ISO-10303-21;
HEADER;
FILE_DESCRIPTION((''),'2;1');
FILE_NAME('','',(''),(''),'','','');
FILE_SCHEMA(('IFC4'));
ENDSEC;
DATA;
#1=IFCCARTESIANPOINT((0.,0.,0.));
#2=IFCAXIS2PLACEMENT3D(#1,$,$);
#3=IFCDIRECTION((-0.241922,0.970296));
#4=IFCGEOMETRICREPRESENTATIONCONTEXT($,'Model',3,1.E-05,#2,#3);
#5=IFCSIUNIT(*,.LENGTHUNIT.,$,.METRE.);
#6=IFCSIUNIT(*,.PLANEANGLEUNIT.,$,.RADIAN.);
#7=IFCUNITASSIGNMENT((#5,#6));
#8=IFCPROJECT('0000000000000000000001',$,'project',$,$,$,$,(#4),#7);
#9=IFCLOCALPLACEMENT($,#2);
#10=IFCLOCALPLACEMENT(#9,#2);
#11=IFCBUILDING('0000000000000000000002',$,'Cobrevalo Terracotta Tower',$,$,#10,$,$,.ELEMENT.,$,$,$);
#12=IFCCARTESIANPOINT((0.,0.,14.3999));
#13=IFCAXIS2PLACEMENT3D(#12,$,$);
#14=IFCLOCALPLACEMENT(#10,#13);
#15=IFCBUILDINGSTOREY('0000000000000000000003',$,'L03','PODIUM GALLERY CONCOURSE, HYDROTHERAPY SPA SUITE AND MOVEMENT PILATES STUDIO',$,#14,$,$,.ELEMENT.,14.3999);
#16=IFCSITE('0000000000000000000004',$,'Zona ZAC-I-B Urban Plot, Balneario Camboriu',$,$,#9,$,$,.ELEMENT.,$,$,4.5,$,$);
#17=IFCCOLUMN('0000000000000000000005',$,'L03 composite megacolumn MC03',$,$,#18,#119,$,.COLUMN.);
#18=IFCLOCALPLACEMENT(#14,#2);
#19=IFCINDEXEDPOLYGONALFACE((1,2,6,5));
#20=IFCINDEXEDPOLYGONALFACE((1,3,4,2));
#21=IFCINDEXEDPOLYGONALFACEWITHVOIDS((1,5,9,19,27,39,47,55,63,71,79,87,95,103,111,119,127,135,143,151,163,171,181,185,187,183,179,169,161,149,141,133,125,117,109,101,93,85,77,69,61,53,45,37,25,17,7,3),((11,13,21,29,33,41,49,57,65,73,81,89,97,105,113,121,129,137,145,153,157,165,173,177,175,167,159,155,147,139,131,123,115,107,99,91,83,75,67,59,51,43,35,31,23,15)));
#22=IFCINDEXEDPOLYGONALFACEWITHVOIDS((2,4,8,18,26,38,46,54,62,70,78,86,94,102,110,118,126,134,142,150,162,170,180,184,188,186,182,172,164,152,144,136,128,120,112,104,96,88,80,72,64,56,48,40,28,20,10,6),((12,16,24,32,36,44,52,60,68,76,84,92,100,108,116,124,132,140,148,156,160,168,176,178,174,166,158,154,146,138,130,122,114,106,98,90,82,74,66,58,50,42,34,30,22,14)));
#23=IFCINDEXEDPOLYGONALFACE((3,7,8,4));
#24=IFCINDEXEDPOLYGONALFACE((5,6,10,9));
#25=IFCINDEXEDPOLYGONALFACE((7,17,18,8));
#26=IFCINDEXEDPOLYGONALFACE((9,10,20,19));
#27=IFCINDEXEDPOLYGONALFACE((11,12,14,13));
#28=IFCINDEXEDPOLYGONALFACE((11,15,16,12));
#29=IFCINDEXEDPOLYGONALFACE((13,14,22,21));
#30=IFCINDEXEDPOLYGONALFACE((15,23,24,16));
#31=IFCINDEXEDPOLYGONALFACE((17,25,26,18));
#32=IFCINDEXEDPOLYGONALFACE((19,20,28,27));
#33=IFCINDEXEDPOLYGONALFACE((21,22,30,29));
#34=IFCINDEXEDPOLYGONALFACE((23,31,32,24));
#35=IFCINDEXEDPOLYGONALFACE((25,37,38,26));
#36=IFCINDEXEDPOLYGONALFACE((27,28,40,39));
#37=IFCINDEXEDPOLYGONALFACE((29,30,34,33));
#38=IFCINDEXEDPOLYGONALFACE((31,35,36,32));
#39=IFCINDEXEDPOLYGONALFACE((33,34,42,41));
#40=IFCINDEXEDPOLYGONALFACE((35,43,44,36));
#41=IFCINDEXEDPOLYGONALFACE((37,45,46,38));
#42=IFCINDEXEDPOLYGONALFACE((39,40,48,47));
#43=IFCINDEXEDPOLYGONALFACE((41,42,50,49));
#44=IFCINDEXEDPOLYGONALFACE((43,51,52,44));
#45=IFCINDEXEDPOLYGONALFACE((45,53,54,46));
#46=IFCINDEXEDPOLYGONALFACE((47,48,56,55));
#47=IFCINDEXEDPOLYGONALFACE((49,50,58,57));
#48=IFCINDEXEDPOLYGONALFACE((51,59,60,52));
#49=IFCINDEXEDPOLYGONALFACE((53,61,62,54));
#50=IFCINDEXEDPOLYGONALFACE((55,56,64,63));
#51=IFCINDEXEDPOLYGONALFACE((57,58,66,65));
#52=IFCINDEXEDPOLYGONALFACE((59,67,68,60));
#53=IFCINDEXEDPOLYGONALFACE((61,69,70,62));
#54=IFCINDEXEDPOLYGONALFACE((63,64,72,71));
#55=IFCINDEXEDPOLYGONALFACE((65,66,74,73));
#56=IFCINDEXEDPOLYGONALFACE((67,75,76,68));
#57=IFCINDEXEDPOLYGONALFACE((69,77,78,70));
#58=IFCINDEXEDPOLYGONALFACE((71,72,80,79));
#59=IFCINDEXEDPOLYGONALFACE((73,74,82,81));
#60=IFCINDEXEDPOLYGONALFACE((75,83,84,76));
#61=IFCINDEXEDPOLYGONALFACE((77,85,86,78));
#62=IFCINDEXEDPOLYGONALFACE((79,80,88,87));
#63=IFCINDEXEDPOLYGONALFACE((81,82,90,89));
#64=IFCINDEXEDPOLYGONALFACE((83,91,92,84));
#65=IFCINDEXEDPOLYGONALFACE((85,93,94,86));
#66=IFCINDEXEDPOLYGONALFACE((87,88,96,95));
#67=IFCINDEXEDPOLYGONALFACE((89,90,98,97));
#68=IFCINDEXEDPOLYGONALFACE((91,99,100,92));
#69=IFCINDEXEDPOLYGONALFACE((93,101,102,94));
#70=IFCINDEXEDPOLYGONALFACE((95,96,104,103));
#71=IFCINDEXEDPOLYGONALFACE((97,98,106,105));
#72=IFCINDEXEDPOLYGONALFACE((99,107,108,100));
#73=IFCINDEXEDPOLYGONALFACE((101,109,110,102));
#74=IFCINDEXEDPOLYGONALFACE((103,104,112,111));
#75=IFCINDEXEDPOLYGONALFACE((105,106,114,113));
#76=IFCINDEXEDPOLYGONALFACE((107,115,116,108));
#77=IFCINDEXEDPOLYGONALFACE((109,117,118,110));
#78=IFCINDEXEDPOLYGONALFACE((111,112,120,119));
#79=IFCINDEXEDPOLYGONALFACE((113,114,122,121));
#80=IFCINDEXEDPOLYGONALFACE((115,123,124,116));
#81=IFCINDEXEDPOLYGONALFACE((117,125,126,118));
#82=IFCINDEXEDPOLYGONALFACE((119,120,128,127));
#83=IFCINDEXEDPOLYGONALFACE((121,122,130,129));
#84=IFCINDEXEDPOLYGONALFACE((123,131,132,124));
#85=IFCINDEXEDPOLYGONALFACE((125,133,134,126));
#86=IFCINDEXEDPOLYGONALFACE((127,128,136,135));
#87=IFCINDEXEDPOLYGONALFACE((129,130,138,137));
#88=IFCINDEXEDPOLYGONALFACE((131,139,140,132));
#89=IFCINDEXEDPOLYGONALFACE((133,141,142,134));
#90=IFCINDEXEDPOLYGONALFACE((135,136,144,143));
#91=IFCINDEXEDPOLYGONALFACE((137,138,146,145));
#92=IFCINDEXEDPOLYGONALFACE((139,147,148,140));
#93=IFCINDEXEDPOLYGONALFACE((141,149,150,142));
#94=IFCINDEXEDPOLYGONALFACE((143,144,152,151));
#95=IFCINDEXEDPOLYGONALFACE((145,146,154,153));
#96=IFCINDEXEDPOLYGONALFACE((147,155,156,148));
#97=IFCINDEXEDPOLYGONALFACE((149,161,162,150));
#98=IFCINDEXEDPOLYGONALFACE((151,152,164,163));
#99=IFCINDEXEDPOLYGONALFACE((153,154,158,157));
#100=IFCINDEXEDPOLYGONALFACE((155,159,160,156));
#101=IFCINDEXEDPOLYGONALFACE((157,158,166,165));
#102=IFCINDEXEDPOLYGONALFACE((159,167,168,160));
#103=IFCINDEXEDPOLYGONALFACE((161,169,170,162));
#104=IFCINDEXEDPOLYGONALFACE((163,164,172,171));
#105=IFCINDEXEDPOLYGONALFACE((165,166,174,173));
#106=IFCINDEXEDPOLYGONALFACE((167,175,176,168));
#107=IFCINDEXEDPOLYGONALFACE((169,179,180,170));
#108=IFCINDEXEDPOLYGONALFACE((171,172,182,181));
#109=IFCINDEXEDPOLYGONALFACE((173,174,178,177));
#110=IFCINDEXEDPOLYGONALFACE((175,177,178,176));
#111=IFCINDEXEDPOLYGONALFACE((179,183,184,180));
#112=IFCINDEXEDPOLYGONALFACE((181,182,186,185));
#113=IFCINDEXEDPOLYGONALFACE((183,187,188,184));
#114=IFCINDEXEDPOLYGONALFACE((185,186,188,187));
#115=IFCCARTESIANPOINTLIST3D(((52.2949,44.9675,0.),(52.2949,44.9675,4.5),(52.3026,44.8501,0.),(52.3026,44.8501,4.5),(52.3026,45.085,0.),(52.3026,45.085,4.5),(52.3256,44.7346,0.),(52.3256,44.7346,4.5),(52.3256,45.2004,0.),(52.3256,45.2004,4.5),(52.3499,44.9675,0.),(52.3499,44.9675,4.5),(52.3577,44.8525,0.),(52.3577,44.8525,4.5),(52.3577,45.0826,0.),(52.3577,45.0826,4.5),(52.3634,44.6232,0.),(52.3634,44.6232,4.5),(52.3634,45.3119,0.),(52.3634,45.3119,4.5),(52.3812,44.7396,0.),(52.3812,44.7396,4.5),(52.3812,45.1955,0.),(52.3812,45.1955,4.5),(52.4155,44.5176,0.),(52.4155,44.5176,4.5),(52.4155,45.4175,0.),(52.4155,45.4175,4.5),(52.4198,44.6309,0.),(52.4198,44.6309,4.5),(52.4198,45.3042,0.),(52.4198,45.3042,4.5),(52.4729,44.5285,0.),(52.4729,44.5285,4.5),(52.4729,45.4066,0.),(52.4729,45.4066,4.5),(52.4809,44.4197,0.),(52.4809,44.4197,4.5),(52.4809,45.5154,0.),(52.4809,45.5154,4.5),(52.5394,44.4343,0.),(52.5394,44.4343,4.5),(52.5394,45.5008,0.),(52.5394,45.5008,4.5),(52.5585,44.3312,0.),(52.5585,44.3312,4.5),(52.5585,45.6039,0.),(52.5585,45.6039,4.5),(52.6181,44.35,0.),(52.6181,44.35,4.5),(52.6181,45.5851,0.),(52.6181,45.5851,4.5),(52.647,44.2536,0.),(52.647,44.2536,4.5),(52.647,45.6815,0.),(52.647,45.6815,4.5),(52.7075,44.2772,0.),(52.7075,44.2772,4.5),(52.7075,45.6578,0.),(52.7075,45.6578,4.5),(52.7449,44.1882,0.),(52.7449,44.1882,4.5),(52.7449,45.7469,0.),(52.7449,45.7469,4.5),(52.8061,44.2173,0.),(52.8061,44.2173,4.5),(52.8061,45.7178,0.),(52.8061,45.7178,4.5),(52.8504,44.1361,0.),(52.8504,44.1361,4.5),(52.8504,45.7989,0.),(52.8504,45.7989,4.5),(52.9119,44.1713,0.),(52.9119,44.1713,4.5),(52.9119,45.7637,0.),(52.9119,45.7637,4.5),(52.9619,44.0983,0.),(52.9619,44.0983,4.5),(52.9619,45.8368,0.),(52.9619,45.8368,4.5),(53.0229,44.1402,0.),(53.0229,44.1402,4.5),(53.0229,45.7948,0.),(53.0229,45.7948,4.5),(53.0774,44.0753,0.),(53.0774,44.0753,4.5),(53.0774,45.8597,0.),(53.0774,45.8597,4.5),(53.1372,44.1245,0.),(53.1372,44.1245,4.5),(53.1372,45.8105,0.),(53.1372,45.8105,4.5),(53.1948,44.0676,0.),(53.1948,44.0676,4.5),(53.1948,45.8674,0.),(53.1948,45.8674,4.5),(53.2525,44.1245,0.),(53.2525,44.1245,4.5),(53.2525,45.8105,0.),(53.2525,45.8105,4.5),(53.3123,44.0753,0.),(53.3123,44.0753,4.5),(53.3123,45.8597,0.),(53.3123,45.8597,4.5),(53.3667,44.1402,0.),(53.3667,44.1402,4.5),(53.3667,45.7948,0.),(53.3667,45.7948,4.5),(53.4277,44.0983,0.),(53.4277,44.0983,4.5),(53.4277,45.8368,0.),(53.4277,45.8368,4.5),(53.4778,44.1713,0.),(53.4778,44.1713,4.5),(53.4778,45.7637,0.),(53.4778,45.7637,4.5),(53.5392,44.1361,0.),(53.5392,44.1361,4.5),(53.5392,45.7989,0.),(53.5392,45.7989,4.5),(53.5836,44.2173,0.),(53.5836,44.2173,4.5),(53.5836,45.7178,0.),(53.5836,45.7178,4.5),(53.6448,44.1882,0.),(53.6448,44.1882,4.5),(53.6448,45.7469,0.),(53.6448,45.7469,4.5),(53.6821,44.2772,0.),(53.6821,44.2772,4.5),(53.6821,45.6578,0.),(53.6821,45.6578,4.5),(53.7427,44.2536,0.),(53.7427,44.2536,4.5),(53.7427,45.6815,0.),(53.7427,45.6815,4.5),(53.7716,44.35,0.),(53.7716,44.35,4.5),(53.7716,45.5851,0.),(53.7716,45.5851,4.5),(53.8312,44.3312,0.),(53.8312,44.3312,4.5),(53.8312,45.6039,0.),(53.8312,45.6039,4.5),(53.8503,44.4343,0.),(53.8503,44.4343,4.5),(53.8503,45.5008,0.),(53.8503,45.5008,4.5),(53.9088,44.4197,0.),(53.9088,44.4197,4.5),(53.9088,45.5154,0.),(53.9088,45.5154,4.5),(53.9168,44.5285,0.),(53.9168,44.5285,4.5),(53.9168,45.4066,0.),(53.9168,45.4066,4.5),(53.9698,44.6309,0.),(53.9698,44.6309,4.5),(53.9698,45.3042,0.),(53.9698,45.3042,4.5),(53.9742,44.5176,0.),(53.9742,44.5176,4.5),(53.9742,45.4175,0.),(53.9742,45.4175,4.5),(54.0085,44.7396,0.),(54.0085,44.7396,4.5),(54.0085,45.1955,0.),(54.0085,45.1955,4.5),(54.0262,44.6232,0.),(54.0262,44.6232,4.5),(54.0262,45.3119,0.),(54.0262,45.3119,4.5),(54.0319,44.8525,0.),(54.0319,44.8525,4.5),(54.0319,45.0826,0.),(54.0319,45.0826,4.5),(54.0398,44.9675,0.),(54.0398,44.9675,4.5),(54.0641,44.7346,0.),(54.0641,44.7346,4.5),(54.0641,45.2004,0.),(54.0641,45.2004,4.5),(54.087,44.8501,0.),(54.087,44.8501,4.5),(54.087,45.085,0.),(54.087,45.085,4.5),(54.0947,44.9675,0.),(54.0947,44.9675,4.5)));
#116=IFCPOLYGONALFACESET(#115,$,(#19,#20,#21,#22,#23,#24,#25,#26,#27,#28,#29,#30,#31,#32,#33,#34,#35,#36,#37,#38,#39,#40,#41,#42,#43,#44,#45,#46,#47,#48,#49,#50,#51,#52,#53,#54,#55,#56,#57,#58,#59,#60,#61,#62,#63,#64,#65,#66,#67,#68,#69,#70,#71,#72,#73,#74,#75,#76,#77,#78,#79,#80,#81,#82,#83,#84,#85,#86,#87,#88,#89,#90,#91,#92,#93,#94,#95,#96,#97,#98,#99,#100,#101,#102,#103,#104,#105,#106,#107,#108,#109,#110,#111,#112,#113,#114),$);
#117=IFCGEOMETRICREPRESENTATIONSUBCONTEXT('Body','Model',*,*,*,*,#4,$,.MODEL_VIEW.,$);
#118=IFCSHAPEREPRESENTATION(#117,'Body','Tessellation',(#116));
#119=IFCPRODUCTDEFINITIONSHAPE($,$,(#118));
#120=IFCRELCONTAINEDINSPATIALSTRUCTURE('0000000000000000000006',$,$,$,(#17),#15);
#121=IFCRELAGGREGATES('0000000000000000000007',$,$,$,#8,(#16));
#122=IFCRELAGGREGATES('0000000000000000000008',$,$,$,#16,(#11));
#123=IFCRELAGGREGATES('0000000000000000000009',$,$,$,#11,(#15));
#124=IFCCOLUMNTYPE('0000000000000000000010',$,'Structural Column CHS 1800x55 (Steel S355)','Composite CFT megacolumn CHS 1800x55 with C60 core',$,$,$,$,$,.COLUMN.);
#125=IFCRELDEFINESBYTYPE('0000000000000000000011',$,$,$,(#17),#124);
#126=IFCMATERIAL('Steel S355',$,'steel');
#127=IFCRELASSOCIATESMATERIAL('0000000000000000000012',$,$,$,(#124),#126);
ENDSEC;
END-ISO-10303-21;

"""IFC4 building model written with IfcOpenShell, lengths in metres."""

from ifc_helpers import new_model, si_unit, direction, frame, origin, origin_2d, place, context, subcontext, project, spatial, hollow_circle, extrude, material, material_profile, profile_set, type_object, element, save


model = new_model("IFC4")

# Units and contexts
model_context = context("Model", 3, precision=1e-05, world=origin(), true_north=direction((-0.241922, 0.970296)))
body_context = subcontext(model_context, "Body", "Model", "MODEL_VIEW")
ifc_project = project(units=[si_unit("LENGTHUNIT", "METRE"), si_unit("PLANEANGLEUNIT", "RADIAN")], contexts=[model_context])

# Site, building, storey
site_placement = place(None, origin())
site = spatial("IfcSite", under=ifc_project, at=site_placement, Name="Zona ZAC-I-B Urban Plot, Balneario Camboriu", CompositionType="ELEMENT", RefElevation=4.5)
building_placement = place(site_placement, origin())
building = spatial("IfcBuilding", under=site, at=building_placement, Name="Cobrevalo Terracotta Tower", CompositionType="ELEMENT")
storey_placement = place(building_placement, frame((0.0, 0.0, 14.3999)))
storey = spatial("IfcBuildingStorey", under=building, at=storey_placement, Name="L03", Description="PODIUM GALLERY CONCOURSE, HYDROTHERAPY SPA SUITE AND MOVEMENT PILATES STUDIO", CompositionType="ELEMENT", Elevation=14.3999)

# Column
ifc_material_1 = material(Name="Steel S355", Category="steel")
ifc_material_profile_1 = material_profile(ifc_material_1, hollow_circle(Radius=0.8999, WallThickness=0.0549, at=origin_2d()), Name="CHS 1800x55")
ifc_profile_set_1 = profile_set([ifc_material_profile_1], Name="Steel S355")
column_type_1 = type_object("IfcColumnType", Name="Structural Column CHS 1800x55 (Steel S355)", Description="Composite CFT megacolumn CHS 1800x55 with C60 core", PredefinedType="COLUMN", material=ifc_profile_set_1)
for number, where, z_axis, x_axis, name in (
    (1, (53.1948, 44.9675, 0.0), (0.0, 0.0, 1.0), (1.0, 0.0, 0.0), "L03 composite megacolumn MC03"),
):
    element("IfcColumn", number, at=place(storey_placement, frame(where, z_axis=z_axis, x_axis=x_axis)), inside=storey, type_object=column_type_1, Name=name, PredefinedType="COLUMN", context=body_context, shape_type="SweptSolid", body=[
        extrude(hollow_circle(Radius=0.8999, WallThickness=0.0549, at=origin_2d()), origin(), (0.0, 0.0, 1.0), 4.5),
    ])

save(model, "model.ifc")
